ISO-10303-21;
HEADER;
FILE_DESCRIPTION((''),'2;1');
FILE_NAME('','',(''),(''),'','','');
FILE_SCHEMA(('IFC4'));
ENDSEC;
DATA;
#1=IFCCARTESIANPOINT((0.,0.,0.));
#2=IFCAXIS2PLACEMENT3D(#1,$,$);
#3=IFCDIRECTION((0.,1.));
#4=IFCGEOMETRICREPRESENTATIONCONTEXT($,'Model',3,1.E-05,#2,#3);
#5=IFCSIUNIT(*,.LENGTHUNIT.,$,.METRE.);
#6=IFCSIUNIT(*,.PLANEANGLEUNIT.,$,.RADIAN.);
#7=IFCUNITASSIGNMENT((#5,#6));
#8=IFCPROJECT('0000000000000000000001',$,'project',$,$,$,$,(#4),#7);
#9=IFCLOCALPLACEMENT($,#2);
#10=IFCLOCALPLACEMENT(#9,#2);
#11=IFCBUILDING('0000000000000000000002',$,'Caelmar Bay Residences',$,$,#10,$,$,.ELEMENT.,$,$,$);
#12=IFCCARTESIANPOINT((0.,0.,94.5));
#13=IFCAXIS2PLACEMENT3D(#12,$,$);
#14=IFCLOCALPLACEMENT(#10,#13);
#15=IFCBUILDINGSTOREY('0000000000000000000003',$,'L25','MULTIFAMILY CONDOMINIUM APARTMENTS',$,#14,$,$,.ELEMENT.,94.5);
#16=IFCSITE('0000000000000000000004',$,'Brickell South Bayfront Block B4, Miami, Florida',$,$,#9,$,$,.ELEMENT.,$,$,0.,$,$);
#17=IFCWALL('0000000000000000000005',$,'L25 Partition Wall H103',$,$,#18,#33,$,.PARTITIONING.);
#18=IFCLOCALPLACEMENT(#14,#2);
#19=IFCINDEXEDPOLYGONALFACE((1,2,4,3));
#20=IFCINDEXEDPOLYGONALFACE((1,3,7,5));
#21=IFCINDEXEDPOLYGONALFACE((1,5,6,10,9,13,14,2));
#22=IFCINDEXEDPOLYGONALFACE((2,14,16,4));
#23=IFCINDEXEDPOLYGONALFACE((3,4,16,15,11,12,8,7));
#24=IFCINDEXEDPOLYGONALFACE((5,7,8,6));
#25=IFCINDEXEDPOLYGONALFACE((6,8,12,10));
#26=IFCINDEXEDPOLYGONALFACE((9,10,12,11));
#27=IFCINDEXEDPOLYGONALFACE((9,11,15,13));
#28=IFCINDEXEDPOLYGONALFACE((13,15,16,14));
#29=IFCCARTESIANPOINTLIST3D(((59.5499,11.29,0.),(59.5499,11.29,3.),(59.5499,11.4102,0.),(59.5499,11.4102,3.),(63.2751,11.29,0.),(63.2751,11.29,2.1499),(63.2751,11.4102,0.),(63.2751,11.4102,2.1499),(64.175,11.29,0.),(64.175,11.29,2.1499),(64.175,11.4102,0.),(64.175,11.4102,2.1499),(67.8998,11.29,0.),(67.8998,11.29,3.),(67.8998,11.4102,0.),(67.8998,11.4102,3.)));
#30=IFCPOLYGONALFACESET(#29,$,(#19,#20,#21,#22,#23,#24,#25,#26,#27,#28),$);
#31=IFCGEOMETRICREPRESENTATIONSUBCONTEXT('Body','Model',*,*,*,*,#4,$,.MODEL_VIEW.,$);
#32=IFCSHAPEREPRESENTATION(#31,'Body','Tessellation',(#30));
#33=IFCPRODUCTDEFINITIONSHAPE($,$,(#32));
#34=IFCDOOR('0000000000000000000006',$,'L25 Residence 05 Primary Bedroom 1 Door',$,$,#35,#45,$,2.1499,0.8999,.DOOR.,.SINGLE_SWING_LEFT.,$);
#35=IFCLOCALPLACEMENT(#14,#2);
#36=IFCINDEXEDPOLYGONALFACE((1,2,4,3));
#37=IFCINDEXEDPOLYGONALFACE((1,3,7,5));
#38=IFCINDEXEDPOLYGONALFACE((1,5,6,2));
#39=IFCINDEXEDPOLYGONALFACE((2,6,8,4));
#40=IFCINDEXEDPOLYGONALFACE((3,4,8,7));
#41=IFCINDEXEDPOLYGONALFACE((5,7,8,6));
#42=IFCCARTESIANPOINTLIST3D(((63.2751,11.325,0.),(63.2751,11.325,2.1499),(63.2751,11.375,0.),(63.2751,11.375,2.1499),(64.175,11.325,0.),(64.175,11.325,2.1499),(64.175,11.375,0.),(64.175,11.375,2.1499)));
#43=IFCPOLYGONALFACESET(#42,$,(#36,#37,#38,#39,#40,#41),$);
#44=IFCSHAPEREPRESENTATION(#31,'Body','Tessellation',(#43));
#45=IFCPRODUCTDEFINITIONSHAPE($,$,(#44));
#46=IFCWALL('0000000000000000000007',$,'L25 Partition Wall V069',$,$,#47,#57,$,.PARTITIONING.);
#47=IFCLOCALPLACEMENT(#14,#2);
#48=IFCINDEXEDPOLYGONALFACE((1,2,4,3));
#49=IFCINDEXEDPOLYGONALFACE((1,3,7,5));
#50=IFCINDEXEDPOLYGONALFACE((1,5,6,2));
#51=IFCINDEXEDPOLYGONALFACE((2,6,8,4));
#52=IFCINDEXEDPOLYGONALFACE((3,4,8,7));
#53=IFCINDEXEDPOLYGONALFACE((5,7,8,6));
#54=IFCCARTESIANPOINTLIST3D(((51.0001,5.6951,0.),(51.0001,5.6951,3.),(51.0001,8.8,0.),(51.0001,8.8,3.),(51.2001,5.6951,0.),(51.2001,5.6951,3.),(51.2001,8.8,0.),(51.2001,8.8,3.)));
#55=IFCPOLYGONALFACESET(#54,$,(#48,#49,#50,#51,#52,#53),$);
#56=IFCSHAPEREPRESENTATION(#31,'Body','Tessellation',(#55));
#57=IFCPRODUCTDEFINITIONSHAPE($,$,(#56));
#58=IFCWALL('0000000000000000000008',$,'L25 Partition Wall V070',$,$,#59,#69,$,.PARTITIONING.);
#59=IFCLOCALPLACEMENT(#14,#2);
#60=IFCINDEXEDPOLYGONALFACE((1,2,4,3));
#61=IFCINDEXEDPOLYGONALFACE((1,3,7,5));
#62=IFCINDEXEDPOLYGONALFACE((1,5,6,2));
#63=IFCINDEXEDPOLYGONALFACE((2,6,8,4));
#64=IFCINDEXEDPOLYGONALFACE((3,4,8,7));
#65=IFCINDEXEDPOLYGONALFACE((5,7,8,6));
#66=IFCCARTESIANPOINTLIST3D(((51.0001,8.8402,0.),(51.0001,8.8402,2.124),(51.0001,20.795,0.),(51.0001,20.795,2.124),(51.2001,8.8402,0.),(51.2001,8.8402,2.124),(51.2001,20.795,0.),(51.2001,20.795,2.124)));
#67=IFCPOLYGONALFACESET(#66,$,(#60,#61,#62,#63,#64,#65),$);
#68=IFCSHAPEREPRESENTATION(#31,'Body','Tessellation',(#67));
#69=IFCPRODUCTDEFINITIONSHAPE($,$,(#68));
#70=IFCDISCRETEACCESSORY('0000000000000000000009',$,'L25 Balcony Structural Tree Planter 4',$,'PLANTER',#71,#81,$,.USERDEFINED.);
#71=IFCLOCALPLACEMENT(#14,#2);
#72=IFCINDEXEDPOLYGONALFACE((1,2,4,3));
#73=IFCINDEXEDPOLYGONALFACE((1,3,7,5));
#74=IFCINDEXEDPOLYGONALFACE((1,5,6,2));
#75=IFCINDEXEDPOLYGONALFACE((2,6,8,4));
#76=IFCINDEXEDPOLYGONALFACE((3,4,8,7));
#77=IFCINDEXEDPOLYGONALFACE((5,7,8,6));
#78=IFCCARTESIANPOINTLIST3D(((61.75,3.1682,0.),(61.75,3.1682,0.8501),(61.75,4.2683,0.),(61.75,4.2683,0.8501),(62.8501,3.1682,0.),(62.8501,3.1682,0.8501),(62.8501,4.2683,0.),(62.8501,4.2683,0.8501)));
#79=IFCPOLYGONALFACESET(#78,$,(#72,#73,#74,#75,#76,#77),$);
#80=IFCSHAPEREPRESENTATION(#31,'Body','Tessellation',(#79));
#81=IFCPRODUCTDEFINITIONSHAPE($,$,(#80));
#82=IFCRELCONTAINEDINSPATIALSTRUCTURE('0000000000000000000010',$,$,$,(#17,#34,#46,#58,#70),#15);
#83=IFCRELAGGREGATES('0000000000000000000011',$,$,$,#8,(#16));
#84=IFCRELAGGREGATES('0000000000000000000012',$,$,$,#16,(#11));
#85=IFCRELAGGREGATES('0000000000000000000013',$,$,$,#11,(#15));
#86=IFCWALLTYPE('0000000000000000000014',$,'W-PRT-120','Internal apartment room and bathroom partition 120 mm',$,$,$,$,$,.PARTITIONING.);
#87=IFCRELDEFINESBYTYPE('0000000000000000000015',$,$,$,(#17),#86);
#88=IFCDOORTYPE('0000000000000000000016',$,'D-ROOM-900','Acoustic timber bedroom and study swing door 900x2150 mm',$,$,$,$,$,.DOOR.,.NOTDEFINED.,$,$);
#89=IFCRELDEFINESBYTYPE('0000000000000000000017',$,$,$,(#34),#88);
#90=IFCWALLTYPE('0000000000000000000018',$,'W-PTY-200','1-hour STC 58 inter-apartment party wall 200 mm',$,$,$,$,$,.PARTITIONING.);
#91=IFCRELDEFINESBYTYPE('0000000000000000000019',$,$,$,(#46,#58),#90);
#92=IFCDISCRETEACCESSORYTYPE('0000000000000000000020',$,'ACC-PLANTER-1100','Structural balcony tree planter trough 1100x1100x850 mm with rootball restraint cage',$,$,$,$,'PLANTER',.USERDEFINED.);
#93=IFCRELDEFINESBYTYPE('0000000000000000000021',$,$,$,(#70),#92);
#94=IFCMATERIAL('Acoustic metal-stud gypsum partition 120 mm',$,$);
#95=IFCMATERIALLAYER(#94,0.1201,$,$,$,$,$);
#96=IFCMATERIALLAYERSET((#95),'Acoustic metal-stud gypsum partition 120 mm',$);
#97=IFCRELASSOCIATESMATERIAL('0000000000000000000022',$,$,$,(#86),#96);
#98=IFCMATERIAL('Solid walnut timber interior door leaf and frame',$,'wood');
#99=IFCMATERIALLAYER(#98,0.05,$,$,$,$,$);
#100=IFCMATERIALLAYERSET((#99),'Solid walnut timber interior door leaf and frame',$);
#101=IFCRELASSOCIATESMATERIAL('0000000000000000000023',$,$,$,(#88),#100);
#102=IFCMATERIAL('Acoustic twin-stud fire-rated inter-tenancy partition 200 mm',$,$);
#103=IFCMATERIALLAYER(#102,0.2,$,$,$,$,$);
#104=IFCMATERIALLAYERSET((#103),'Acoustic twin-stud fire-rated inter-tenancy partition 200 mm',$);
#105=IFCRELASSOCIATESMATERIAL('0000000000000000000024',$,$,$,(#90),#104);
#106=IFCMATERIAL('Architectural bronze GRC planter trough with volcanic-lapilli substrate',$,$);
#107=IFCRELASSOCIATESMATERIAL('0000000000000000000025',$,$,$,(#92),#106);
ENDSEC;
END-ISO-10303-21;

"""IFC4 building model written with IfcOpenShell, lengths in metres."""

from ifc_helpers import new_model, si_unit, direction, frame, frame_2d, origin, origin_2d, place, context, subcontext, project, spatial, rectangle, extrude, material, layer, layer_set, type_object, element, fill, save


model = new_model("IFC4")

# Units and contexts
model_context = context("Model", 3, precision=1e-05, world=origin(), true_north=direction((0.0, 1.0)))
body_context = subcontext(model_context, "Body", "Model", "MODEL_VIEW")
ifc_project = project(units=[si_unit("LENGTHUNIT", "METRE"), si_unit("PLANEANGLEUNIT", "RADIAN")], contexts=[model_context])

# Site, building, storey
site_placement = place(None, origin())
site = spatial("IfcSite", under=ifc_project, at=site_placement, Name="Brickell South Bayfront Block B4, Miami, Florida", CompositionType="ELEMENT", RefElevation=0.0)
building_placement = place(site_placement, origin())
building = spatial("IfcBuilding", under=site, at=building_placement, Name="Caelmar Bay Residences", CompositionType="ELEMENT")
storey_placement = place(building_placement, frame((0.0, 0.0, 94.5)))
storey = spatial("IfcBuildingStorey", under=building, at=storey_placement, Name="L25", Description="MULTIFAMILY CONDOMINIUM APARTMENTS", CompositionType="ELEMENT", Elevation=94.5)

# Shared definitions
ifc_material_1 = material(Name="Acoustic metal-stud gypsum partition 120 mm")
ifc_layer_1 = layer(ifc_material_1, 0.1201)
ifc_layer_set_1 = layer_set([ifc_layer_1], Name="Acoustic metal-stud gypsum partition 120 mm")
wall_type_1 = type_object("IfcWallType", Name="W-PRT-120", Description="Internal apartment room and bathroom partition 120 mm", PredefinedType="PARTITIONING", material=ifc_layer_set_1)

# Wall, opening, door
wall_1_placement = place(storey_placement, frame((59.55, 11.3501, 0.0), z_axis=(0.0, 0.0, 1.0), x_axis=(1.0, 0.0, 0.0)))
wall_1 = element("IfcWall", 1, at=wall_1_placement, inside=storey, type_object=wall_type_1, Name="L25 Partition Wall H103", PredefinedType="PARTITIONING", context=body_context, shape_type="SweptSolid", body=[
    extrude(rectangle(XDim=8.3499, YDim=0.1201, at=frame_2d((4.1748, 0.0))), origin(), (0.0, 0.0, 1.0), 3.0),
])
opening_placement = place(wall_1_placement, frame((3.7251, 0.0, 0.0)))
opening = element("IfcOpeningElement", 2, at=opening_placement, cuts=wall_1, PredefinedType="OPENING", context=body_context, shape_type="SweptSolid", body=[
    extrude(rectangle(XDim=0.8999, YDim=2.1499, at=frame_2d((0.45, 1.075))), frame((0.0, 0.0701, 0.0), z_axis=(0.0, -1.0, 0.0), x_axis=(1.0, 0.0, 0.0)), (0.0, 0.0, 1.0), 0.1401),
])
ifc_material_2 = material(Name="Solid walnut timber interior door leaf and frame", Category="wood")
ifc_layer_2 = layer(ifc_material_2, 0.05)
ifc_layer_set_2 = layer_set([ifc_layer_2], Name="Solid walnut timber interior door leaf and frame")
door_type = type_object("IfcDoorType", Name="D-ROOM-900", Description="Acoustic timber bedroom and study swing door 900x2150 mm", OperationType="NOTDEFINED", PredefinedType="DOOR", material=ifc_layer_set_2)
door_placement = place(opening_placement, origin())
door = element("IfcDoor", 3, at=door_placement, inside=storey, type_object=door_type, Name="L25 Residence 05 Primary Bedroom 1 Door", OperationType="SINGLE_SWING_LEFT", OverallHeight=2.1499, OverallWidth=0.8999, PredefinedType="DOOR", context=body_context, shape_type="SweptSolid", body=[
    extrude(rectangle(XDim=0.8999, YDim=2.1499, at=frame_2d((0.45, 1.075))), frame((0.0, 0.0249, 0.0), z_axis=(0.0, -1.0, 0.0), x_axis=(1.0, 0.0, 0.0)), (0.0, 0.0, 1.0), 0.05),
])
fill(opening, door)

# Walls
ifc_material_3 = material(Name="Acoustic twin-stud fire-rated inter-tenancy partition 200 mm")
ifc_layer_3 = layer(ifc_material_3, 0.2)
ifc_layer_set_3 = layer_set([ifc_layer_3], Name="Acoustic twin-stud fire-rated inter-tenancy partition 200 mm")
wall_type_2 = type_object("IfcWallType", Name="W-PTY-200", Description="1-hour STC 58 inter-apartment party wall 200 mm", PredefinedType="PARTITIONING", material=ifc_layer_set_3)
wall_2_placement = place(storey_placement, frame((51.1001, 5.6951, 0.0), z_axis=(0.0, 0.0, 1.0), x_axis=(0.0, 1.0, 0.0)))
element("IfcWall", 4, at=wall_2_placement, inside=storey, type_object=wall_type_2, Name="L25 Partition Wall V069", PredefinedType="PARTITIONING", context=body_context, shape_type="SweptSolid", body=[
    extrude(rectangle(XDim=3.105, YDim=0.2, at=frame_2d((1.5525, 0.0))), origin(), (0.0, 0.0, 1.0), 3.0),
])
wall_3_placement = place(storey_placement, frame((51.1001, 8.8401, 0.0), z_axis=(0.0, 0.0, 1.0), x_axis=(0.0, 1.0, 0.0)))
element("IfcWall", 5, at=wall_3_placement, inside=storey, type_object=wall_type_2, Name="L25 Partition Wall V070", PredefinedType="PARTITIONING", context=body_context, shape_type="SweptSolid", body=[
    extrude(rectangle(XDim=11.9548, YDim=0.2, at=frame_2d((5.9775, 0.0))), origin(), (0.0, 0.0, 1.0), 2.124),
])

# Discrete accessory
ifc_material_4 = material(Name="Architectural bronze GRC planter trough with volcanic-lapilli substrate")
discrete_accessory_type = type_object("IfcDiscreteAccessoryType", Name="ACC-PLANTER-1100", Description="Structural balcony tree planter trough 1100x1100x850 mm with rootball restraint cage", ElementType="PLANTER", PredefinedType="USERDEFINED", material=ifc_material_4)
discrete_accessory_placement = place(storey_placement, frame((62.3, 3.7183, 0.0), z_axis=(0.0, 0.0, 1.0), x_axis=(1.0, 0.0, 0.0)))
element("IfcDiscreteAccessory", 6, at=discrete_accessory_placement, inside=storey, type_object=discrete_accessory_type, Name="L25 Balcony Structural Tree Planter 4", ObjectType="PLANTER", PredefinedType="USERDEFINED", context=body_context, shape_type="SweptSolid", body=[
    extrude(rectangle(XDim=1.1001, YDim=1.1001, at=origin_2d()), origin(), (0.0, 0.0, 1.0), 0.8501),
])

save(model, "model.ifc")
